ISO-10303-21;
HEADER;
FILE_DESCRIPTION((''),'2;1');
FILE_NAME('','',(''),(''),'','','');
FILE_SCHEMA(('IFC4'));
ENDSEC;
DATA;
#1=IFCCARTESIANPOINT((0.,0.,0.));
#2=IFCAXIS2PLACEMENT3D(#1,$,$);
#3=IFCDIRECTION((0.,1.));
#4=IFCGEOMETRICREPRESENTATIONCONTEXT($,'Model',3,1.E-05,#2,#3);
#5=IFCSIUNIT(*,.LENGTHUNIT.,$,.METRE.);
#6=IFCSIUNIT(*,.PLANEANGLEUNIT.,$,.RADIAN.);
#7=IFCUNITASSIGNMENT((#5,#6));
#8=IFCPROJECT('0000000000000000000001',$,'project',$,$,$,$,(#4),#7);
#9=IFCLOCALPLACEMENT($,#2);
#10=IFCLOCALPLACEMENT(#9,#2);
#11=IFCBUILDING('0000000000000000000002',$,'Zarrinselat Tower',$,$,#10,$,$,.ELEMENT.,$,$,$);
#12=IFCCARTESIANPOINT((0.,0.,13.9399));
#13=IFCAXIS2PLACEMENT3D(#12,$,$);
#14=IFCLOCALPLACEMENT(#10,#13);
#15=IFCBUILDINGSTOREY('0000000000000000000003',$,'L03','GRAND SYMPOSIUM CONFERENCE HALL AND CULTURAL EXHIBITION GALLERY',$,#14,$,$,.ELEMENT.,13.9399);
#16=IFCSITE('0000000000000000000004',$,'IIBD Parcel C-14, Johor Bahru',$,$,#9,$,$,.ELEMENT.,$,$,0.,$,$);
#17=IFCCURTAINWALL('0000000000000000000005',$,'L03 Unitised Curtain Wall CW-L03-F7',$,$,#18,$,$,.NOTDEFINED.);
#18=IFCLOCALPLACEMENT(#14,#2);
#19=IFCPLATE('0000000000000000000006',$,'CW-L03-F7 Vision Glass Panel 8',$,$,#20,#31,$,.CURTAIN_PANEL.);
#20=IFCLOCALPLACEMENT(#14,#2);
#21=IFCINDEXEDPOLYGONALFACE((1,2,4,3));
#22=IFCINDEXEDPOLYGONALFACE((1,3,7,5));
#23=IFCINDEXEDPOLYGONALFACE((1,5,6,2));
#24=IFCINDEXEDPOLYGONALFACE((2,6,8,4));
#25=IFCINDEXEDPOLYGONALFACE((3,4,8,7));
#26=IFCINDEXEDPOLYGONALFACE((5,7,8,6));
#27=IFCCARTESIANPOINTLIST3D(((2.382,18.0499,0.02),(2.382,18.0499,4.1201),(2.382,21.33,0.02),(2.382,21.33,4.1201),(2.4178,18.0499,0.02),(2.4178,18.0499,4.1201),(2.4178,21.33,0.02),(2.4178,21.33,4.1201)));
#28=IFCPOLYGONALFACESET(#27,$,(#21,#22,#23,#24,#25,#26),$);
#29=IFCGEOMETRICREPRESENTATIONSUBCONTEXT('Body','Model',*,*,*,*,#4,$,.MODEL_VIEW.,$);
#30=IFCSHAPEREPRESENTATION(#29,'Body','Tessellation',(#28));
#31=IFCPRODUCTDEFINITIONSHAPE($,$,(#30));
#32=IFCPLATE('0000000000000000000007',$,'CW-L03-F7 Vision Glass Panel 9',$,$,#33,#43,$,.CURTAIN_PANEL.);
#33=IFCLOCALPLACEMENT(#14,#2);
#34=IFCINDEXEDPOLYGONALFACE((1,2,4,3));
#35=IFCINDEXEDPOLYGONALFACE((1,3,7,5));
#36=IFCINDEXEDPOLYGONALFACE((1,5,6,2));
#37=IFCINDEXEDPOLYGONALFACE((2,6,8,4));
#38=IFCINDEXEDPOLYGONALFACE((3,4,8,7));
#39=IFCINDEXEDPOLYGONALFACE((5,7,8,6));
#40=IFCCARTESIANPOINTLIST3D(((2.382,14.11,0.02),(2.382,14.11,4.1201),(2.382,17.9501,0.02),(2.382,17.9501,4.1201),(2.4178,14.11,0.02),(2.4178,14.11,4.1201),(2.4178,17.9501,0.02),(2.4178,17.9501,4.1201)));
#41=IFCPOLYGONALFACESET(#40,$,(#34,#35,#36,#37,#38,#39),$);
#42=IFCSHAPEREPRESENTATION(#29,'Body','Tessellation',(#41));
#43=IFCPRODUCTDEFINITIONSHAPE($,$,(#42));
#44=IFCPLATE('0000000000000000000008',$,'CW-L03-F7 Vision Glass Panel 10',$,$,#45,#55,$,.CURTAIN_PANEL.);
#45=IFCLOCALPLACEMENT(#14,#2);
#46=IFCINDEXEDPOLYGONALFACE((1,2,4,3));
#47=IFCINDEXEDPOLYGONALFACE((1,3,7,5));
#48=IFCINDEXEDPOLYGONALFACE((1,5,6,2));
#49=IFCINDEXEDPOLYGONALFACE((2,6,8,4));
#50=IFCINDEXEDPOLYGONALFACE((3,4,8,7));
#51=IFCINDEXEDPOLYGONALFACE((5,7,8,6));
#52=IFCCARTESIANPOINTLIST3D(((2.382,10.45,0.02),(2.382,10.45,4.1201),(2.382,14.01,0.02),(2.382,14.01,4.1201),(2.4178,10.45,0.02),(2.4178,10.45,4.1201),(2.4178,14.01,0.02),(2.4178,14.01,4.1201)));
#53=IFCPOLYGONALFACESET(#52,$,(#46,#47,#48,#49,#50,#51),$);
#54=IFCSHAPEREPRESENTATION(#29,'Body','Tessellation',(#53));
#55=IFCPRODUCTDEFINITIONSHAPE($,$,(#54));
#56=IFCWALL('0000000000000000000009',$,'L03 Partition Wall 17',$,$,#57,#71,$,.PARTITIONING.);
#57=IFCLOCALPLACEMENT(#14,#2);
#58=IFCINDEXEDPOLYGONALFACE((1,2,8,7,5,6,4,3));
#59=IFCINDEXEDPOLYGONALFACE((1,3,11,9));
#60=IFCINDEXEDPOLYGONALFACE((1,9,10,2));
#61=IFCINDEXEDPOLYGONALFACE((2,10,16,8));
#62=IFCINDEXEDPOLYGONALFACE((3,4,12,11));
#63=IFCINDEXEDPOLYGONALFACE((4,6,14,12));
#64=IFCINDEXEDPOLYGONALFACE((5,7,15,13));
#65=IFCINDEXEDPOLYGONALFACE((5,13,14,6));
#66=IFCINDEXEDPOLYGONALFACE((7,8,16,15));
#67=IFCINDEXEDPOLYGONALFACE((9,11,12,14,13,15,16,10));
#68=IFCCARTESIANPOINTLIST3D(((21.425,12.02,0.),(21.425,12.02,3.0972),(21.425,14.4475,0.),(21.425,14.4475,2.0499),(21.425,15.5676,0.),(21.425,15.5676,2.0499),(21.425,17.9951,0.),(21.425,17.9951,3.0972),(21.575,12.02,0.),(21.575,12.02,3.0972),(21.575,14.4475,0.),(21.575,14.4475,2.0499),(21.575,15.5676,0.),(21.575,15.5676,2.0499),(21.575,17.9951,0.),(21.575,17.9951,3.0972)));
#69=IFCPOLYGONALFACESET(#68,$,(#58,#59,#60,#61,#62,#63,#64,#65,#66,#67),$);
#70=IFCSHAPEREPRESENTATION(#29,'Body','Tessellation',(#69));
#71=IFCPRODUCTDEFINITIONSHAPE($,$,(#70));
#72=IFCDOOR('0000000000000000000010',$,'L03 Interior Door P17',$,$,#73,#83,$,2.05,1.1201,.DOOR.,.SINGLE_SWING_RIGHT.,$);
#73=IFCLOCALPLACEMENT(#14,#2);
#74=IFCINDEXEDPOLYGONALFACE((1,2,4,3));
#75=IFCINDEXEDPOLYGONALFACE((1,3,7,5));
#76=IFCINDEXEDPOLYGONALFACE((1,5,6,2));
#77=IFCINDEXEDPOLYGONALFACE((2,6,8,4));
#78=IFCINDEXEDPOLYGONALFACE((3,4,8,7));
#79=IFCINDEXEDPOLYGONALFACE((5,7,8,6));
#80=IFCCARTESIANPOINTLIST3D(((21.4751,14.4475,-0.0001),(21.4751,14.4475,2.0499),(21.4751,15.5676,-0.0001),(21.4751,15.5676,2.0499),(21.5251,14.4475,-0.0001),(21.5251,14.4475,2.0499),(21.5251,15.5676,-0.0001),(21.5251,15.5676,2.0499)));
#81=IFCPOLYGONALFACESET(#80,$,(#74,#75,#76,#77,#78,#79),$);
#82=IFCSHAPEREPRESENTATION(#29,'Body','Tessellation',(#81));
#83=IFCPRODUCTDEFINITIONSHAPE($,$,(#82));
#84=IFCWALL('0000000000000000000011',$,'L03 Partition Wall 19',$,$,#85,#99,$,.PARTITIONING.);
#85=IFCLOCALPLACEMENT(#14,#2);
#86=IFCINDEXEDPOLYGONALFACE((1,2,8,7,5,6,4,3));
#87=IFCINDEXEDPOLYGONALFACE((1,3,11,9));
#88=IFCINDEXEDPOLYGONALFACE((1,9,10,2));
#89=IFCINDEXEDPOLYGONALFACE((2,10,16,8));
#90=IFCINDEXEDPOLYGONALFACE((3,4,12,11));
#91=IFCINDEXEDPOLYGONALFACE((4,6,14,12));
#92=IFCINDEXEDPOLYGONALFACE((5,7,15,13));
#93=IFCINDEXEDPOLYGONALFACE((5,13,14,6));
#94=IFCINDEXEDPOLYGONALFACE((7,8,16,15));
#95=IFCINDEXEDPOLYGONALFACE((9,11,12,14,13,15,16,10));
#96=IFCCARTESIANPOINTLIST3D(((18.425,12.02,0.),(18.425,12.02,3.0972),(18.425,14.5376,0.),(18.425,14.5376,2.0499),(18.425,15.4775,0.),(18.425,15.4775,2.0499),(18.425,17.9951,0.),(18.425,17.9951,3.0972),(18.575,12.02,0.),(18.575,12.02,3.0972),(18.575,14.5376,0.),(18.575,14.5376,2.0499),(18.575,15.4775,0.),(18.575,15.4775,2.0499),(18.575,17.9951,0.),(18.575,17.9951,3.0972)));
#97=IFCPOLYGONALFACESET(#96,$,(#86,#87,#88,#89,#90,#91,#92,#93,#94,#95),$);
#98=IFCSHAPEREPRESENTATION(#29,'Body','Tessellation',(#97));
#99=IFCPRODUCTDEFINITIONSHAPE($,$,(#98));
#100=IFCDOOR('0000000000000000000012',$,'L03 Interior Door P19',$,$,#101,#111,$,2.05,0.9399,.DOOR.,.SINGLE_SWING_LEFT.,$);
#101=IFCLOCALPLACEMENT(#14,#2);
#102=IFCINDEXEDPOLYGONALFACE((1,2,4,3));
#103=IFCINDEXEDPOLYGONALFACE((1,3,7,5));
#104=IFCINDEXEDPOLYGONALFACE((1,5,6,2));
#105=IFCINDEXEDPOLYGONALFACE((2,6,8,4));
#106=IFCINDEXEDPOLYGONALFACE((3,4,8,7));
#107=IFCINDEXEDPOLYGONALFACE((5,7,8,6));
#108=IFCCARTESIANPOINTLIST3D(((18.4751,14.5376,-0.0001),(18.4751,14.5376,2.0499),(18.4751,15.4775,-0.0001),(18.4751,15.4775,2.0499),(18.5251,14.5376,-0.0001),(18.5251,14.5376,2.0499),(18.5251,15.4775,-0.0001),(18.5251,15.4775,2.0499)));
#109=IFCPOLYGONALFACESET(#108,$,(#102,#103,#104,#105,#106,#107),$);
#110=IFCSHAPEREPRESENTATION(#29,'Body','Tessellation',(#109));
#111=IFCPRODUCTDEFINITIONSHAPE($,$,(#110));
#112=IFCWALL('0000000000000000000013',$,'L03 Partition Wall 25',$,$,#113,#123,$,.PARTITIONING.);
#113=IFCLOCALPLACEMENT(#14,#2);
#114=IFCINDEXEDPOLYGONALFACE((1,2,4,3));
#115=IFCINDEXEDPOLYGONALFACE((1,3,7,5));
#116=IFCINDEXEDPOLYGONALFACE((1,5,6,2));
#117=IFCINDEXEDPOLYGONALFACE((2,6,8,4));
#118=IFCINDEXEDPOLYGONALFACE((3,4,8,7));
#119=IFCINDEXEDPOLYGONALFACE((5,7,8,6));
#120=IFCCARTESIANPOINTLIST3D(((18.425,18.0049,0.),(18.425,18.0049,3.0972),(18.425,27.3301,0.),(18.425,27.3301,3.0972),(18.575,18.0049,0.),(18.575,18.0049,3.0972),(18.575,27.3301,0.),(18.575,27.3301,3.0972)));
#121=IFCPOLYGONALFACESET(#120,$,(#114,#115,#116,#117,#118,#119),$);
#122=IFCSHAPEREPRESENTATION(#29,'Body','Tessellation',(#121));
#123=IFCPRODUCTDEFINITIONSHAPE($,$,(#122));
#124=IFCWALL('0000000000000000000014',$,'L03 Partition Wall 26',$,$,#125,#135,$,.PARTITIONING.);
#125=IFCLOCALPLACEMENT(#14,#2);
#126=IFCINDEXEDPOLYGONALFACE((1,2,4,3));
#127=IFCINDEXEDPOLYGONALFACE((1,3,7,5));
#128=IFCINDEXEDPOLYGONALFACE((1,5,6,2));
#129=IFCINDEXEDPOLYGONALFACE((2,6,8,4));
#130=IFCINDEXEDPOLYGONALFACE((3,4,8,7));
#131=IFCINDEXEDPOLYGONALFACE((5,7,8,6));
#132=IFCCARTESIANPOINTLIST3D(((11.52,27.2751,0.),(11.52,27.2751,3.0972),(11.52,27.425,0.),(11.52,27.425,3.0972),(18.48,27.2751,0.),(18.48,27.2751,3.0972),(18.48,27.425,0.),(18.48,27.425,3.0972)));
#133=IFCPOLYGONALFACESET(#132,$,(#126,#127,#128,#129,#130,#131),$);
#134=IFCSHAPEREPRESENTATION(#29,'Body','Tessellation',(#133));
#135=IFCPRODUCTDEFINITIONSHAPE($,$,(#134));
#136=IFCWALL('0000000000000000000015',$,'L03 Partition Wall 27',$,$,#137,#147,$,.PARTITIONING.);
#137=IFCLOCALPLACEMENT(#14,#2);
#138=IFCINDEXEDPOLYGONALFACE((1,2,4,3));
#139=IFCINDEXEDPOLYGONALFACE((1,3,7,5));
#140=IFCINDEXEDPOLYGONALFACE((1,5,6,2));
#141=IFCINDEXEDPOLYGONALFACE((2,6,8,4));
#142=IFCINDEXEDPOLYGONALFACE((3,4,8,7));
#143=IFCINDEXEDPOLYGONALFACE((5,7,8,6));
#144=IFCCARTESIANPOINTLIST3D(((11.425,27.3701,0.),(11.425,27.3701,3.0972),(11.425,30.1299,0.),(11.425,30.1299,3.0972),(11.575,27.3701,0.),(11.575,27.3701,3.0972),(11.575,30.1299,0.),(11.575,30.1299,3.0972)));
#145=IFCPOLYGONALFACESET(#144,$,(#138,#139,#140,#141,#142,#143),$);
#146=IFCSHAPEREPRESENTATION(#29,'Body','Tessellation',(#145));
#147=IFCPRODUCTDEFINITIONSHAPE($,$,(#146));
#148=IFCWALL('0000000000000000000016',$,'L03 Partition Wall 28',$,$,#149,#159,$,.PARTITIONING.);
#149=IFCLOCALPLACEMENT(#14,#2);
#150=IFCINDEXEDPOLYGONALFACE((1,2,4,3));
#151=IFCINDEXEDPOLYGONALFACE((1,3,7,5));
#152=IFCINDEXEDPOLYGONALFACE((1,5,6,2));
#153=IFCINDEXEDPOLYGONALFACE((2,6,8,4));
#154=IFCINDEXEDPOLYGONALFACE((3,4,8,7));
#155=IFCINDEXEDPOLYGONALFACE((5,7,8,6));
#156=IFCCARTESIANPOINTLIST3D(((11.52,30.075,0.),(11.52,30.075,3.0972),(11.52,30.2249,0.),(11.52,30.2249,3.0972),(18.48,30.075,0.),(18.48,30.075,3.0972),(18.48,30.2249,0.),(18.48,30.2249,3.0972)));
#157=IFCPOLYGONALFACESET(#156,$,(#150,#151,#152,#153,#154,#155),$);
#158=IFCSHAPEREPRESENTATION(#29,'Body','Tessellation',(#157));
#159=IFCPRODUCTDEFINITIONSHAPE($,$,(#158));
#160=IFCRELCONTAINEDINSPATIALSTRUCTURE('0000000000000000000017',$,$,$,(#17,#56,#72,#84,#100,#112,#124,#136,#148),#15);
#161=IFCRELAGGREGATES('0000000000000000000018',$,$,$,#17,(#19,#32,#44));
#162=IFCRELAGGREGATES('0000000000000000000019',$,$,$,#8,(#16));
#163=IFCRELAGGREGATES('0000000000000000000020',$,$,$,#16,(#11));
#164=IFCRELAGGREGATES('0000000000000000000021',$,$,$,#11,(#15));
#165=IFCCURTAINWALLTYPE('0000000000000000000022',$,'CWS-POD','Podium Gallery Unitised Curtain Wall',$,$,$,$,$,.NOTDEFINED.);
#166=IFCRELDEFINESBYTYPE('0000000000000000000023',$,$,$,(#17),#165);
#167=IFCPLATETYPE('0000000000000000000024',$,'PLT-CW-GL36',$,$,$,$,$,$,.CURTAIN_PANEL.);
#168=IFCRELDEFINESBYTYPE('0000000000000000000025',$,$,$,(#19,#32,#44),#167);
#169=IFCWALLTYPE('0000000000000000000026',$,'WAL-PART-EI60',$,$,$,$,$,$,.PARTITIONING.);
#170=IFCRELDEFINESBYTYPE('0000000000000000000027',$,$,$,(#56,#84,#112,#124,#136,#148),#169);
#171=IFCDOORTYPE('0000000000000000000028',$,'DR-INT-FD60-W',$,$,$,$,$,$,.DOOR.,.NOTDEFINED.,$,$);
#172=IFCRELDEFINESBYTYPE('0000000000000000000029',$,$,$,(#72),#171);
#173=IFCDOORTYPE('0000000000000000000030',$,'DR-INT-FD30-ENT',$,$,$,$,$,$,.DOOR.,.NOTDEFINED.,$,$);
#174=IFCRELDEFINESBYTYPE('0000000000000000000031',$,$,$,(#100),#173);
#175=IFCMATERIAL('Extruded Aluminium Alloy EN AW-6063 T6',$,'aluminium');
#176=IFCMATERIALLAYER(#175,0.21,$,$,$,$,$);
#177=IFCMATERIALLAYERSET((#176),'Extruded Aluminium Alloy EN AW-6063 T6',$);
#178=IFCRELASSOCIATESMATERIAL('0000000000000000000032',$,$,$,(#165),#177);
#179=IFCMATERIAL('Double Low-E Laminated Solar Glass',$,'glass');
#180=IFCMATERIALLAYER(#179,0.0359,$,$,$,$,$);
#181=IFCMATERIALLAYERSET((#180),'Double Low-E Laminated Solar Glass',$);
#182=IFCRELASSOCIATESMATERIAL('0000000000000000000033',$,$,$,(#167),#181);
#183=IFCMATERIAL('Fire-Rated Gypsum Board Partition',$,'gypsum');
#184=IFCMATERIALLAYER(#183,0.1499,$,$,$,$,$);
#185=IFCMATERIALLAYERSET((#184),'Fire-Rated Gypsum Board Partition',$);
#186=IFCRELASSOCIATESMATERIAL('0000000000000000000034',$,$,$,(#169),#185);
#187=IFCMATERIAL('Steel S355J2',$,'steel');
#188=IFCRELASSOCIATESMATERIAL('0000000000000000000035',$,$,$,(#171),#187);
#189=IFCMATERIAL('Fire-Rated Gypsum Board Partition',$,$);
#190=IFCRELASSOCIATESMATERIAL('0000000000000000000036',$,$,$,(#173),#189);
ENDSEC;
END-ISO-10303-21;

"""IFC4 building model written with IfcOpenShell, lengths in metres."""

from ifc_helpers import new_model, si_unit, direction, frame, frame_2d, origin, origin_2d, place, context, subcontext, project, spatial, rectangle, extrude, material, layer, layer_set, type_object, element, fill, aggregate, save


model = new_model("IFC4")

# Units and contexts
model_context = context("Model", 3, precision=1e-05, world=origin(), true_north=direction((0.0, 1.0)))
body_context = subcontext(model_context, "Body", "Model", "MODEL_VIEW")
ifc_project = project(units=[si_unit("LENGTHUNIT", "METRE"), si_unit("PLANEANGLEUNIT", "RADIAN")], contexts=[model_context])

# Site, building, storey
site_placement = place(None, origin())
site = spatial("IfcSite", under=ifc_project, at=site_placement, Name="IIBD Parcel C-14, Johor Bahru", CompositionType="ELEMENT", RefElevation=0.0)
building_placement = place(site_placement, origin())
building = spatial("IfcBuilding", under=site, at=building_placement, Name="Zarrinselat Tower", CompositionType="ELEMENT")
storey_placement = place(building_placement, frame((0.0, 0.0, 13.9399)))
storey = spatial("IfcBuildingStorey", under=building, at=storey_placement, Name="L03", Description="GRAND SYMPOSIUM CONFERENCE HALL AND CULTURAL EXHIBITION GALLERY", CompositionType="ELEMENT", Elevation=13.9399)

# Curtain wall, plates
ifc_material_1 = material(Name="Extruded Aluminium Alloy EN AW-6063 T6", Category="aluminium")
ifc_layer_1 = layer(ifc_material_1, 0.21)
ifc_layer_set_1 = layer_set([ifc_layer_1], Name="Extruded Aluminium Alloy EN AW-6063 T6")
curtain_wall_type = type_object("IfcCurtainWallType", Name="CWS-POD", Description="Podium Gallery Unitised Curtain Wall", PredefinedType="NOTDEFINED", material=ifc_layer_set_1)
curtain_wall_placement = place(storey_placement, origin())
curtain_wall = element("IfcCurtainWall", 1, at=curtain_wall_placement, inside=storey, type_object=curtain_wall_type, Name="L03 Unitised Curtain Wall CW-L03-F7", PredefinedType="NOTDEFINED")
ifc_material_2 = material(Name="Double Low-E Laminated Solar Glass", Category="glass")
ifc_layer_2 = layer(ifc_material_2, 0.0359)
ifc_layer_set_2 = layer_set([ifc_layer_2], Name="Double Low-E Laminated Solar Glass")
plate_type = type_object("IfcPlateType", Name="PLT-CW-GL36", PredefinedType="CURTAIN_PANEL", material=ifc_layer_set_2)
plate_1_placement = place(storey_placement, frame((2.3999, 19.6899, 0.02), z_axis=(0.0, 0.0, 1.0), x_axis=(0.0, -1.0, 0.0)))
plate_1 = element("IfcPlate", 2, at=plate_1_placement, type_object=plate_type, Name="CW-L03-F7 Vision Glass Panel 8", PredefinedType="CURTAIN_PANEL", context=body_context, shape_type="SweptSolid", body=[
    extrude(rectangle(XDim=3.28, YDim=0.0359, at=origin_2d()), origin(), (0.0, 0.0, 1.0), 4.1001),
])
plate_2_placement = place(storey_placement, frame((2.3999, 16.03, 0.02), z_axis=(0.0, 0.0, 1.0), x_axis=(0.0, -1.0, 0.0)))
plate_2 = element("IfcPlate", 3, at=plate_2_placement, type_object=plate_type, Name="CW-L03-F7 Vision Glass Panel 9", PredefinedType="CURTAIN_PANEL", context=body_context, shape_type="SweptSolid", body=[
    extrude(rectangle(XDim=3.8401, YDim=0.0359, at=origin_2d()), origin(), (0.0, 0.0, 1.0), 4.1001),
])
plate_3_placement = place(storey_placement, frame((2.3999, 12.23, 0.02), z_axis=(0.0, 0.0, 1.0), x_axis=(0.0, -1.0, 0.0)))
plate_3 = element("IfcPlate", 4, at=plate_3_placement, type_object=plate_type, Name="CW-L03-F7 Vision Glass Panel 10", PredefinedType="CURTAIN_PANEL", context=body_context, shape_type="SweptSolid", body=[
    extrude(rectangle(XDim=3.5601, YDim=0.0359, at=origin_2d()), origin(), (0.0, 0.0, 1.0), 4.1001),
])
aggregate(curtain_wall, [plate_1, plate_2, plate_3])

# Walls, openings, doors
ifc_material_3 = material(Name="Fire-Rated Gypsum Board Partition", Category="gypsum")
ifc_layer_3 = layer(ifc_material_3, 0.1499)
ifc_layer_set_3 = layer_set([ifc_layer_3], Name="Fire-Rated Gypsum Board Partition")
wall_type_1 = type_object("IfcWallType", Name="WAL-PART-EI60", PredefinedType="PARTITIONING", material=ifc_layer_set_3)
wall_1_placement = place(storey_placement, frame((21.5, 12.02, 0.0), z_axis=(0.0, 0.0, 1.0), x_axis=(0.0, 1.0, 0.0)))
wall_1 = element("IfcWall", 5, at=wall_1_placement, inside=storey, type_object=wall_type_1, Name="L03 Partition Wall 17", PredefinedType="PARTITIONING", context=body_context, shape_type="SweptSolid", body=[
    extrude(rectangle(XDim=5.9751, YDim=0.1499, at=frame_2d((2.9875, 0.0))), origin(), (0.0, 0.0, 1.0), 3.0972),
])
opening_1_placement = place(wall_1_placement, frame((2.4275, 0.0, 0.0)))
opening_1 = element("IfcOpeningElement", 6, at=opening_1_placement, cuts=wall_1, PredefinedType="OPENING", context=body_context, shape_type="SweptSolid", body=[
    extrude(rectangle(XDim=1.1201, YDim=2.05, at=frame_2d((0.5601, 1.0249))), frame((0.0, 0.085, 0.0), z_axis=(0.0, -1.0, 0.0), x_axis=(1.0, 0.0, 0.0)), (0.0, 0.0, 1.0), 0.1699),
])
ifc_material_4 = material(Name="Steel S355J2", Category="steel")
door_type_1 = type_object("IfcDoorType", Name="DR-INT-FD60-W", OperationType="NOTDEFINED", PredefinedType="DOOR", material=ifc_material_4)
door_1_placement = place(opening_1_placement, origin())
door_1 = element("IfcDoor", 7, at=door_1_placement, inside=storey, type_object=door_type_1, Name="L03 Interior Door P17", OperationType="SINGLE_SWING_RIGHT", OverallHeight=2.05, OverallWidth=1.1201, PredefinedType="DOOR", context=body_context, shape_type="SweptSolid", body=[
    extrude(rectangle(XDim=1.1201, YDim=2.05, at=frame_2d((0.5601, 1.0249))), frame((0.0, 0.0249, 0.0), z_axis=(0.0, -1.0, 0.0), x_axis=(1.0, 0.0, 0.0)), (0.0, 0.0, 1.0), 0.05),
])
fill(opening_1, door_1)
wall_2_placement = place(storey_placement, frame((18.5, 12.02, 0.0), z_axis=(0.0, 0.0, 1.0), x_axis=(0.0, 1.0, 0.0)))
wall_2 = element("IfcWall", 8, at=wall_2_placement, inside=storey, type_object=wall_type_1, Name="L03 Partition Wall 19", PredefinedType="PARTITIONING", context=body_context, shape_type="SweptSolid", body=[
    extrude(rectangle(XDim=5.9751, YDim=0.1499, at=frame_2d((2.9875, 0.0))), origin(), (0.0, 0.0, 1.0), 3.0972),
])
opening_2_placement = place(wall_2_placement, frame((2.5176, 0.0, 0.0)))
opening_2 = element("IfcOpeningElement", 9, at=opening_2_placement, cuts=wall_2, PredefinedType="OPENING", context=body_context, shape_type="SweptSolid", body=[
    extrude(rectangle(XDim=0.9399, YDim=2.05, at=frame_2d((0.47, 1.0249))), frame((0.0, 0.085, 0.0), z_axis=(0.0, -1.0, 0.0), x_axis=(1.0, 0.0, 0.0)), (0.0, 0.0, 1.0), 0.1699),
])
ifc_material_5 = material(Name="Fire-Rated Gypsum Board Partition")
door_type_2 = type_object("IfcDoorType", Name="DR-INT-FD30-ENT", OperationType="NOTDEFINED", PredefinedType="DOOR", material=ifc_material_5)
door_2_placement = place(opening_2_placement, origin())
door_2 = element("IfcDoor", 10, at=door_2_placement, inside=storey, type_object=door_type_2, Name="L03 Interior Door P19", OperationType="SINGLE_SWING_LEFT", OverallHeight=2.05, OverallWidth=0.9399, PredefinedType="DOOR", context=body_context, shape_type="SweptSolid", body=[
    extrude(rectangle(XDim=0.9399, YDim=2.05, at=frame_2d((0.47, 1.0249))), frame((0.0, 0.0249, 0.0), z_axis=(0.0, -1.0, 0.0), x_axis=(1.0, 0.0, 0.0)), (0.0, 0.0, 1.0), 0.05),
])
fill(opening_2, door_2)

# Walls
wall_3_placement = place(storey_placement, frame((18.5, 18.0049, 0.0), z_axis=(0.0, 0.0, 1.0), x_axis=(0.0, 1.0, 0.0)))
element("IfcWall", 11, at=wall_3_placement, inside=storey, type_object=wall_type_1, Name="L03 Partition Wall 25", PredefinedType="PARTITIONING", context=body_context, shape_type="SweptSolid", body=[
    extrude(rectangle(XDim=9.3252, YDim=0.1499, at=frame_2d((4.6626, 0.0))), origin(), (0.0, 0.0, 1.0), 3.0972),
])
wall_4_placement = place(storey_placement, frame((11.52, 27.3501, 0.0), z_axis=(0.0, 0.0, 1.0), x_axis=(1.0, 0.0, 0.0)))
element("IfcWall", 12, at=wall_4_placement, inside=storey, type_object=wall_type_1, Name="L03 Partition Wall 26", PredefinedType="PARTITIONING", context=body_context, shape_type="SweptSolid", body=[
    extrude(rectangle(XDim=6.96, YDim=0.1499, at=frame_2d((3.48, 0.0))), origin(), (0.0, 0.0, 1.0), 3.0972),
])
wall_5_placement = place(storey_placement, frame((11.5, 27.3701, 0.0), z_axis=(0.0, 0.0, 1.0), x_axis=(0.0, 1.0, 0.0)))
element("IfcWall", 13, at=wall_5_placement, inside=storey, type_object=wall_type_1, Name="L03 Partition Wall 27", PredefinedType="PARTITIONING", context=body_context, shape_type="SweptSolid", body=[
    extrude(rectangle(XDim=2.7598, YDim=0.1499, at=frame_2d((1.3799, 0.0))), origin(), (0.0, 0.0, 1.0), 3.0972),
])
wall_6_placement = place(storey_placement, frame((11.52, 30.1499, 0.0), z_axis=(0.0, 0.0, 1.0), x_axis=(1.0, 0.0, 0.0)))
element("IfcWall", 14, at=wall_6_placement, inside=storey, type_object=wall_type_1, Name="L03 Partition Wall 28", PredefinedType="PARTITIONING", context=body_context, shape_type="SweptSolid", body=[
    extrude(rectangle(XDim=6.96, YDim=0.1499, at=frame_2d((3.48, 0.0))), origin(), (0.0, 0.0, 1.0), 3.0972),
])

save(model, "model.ifc")
